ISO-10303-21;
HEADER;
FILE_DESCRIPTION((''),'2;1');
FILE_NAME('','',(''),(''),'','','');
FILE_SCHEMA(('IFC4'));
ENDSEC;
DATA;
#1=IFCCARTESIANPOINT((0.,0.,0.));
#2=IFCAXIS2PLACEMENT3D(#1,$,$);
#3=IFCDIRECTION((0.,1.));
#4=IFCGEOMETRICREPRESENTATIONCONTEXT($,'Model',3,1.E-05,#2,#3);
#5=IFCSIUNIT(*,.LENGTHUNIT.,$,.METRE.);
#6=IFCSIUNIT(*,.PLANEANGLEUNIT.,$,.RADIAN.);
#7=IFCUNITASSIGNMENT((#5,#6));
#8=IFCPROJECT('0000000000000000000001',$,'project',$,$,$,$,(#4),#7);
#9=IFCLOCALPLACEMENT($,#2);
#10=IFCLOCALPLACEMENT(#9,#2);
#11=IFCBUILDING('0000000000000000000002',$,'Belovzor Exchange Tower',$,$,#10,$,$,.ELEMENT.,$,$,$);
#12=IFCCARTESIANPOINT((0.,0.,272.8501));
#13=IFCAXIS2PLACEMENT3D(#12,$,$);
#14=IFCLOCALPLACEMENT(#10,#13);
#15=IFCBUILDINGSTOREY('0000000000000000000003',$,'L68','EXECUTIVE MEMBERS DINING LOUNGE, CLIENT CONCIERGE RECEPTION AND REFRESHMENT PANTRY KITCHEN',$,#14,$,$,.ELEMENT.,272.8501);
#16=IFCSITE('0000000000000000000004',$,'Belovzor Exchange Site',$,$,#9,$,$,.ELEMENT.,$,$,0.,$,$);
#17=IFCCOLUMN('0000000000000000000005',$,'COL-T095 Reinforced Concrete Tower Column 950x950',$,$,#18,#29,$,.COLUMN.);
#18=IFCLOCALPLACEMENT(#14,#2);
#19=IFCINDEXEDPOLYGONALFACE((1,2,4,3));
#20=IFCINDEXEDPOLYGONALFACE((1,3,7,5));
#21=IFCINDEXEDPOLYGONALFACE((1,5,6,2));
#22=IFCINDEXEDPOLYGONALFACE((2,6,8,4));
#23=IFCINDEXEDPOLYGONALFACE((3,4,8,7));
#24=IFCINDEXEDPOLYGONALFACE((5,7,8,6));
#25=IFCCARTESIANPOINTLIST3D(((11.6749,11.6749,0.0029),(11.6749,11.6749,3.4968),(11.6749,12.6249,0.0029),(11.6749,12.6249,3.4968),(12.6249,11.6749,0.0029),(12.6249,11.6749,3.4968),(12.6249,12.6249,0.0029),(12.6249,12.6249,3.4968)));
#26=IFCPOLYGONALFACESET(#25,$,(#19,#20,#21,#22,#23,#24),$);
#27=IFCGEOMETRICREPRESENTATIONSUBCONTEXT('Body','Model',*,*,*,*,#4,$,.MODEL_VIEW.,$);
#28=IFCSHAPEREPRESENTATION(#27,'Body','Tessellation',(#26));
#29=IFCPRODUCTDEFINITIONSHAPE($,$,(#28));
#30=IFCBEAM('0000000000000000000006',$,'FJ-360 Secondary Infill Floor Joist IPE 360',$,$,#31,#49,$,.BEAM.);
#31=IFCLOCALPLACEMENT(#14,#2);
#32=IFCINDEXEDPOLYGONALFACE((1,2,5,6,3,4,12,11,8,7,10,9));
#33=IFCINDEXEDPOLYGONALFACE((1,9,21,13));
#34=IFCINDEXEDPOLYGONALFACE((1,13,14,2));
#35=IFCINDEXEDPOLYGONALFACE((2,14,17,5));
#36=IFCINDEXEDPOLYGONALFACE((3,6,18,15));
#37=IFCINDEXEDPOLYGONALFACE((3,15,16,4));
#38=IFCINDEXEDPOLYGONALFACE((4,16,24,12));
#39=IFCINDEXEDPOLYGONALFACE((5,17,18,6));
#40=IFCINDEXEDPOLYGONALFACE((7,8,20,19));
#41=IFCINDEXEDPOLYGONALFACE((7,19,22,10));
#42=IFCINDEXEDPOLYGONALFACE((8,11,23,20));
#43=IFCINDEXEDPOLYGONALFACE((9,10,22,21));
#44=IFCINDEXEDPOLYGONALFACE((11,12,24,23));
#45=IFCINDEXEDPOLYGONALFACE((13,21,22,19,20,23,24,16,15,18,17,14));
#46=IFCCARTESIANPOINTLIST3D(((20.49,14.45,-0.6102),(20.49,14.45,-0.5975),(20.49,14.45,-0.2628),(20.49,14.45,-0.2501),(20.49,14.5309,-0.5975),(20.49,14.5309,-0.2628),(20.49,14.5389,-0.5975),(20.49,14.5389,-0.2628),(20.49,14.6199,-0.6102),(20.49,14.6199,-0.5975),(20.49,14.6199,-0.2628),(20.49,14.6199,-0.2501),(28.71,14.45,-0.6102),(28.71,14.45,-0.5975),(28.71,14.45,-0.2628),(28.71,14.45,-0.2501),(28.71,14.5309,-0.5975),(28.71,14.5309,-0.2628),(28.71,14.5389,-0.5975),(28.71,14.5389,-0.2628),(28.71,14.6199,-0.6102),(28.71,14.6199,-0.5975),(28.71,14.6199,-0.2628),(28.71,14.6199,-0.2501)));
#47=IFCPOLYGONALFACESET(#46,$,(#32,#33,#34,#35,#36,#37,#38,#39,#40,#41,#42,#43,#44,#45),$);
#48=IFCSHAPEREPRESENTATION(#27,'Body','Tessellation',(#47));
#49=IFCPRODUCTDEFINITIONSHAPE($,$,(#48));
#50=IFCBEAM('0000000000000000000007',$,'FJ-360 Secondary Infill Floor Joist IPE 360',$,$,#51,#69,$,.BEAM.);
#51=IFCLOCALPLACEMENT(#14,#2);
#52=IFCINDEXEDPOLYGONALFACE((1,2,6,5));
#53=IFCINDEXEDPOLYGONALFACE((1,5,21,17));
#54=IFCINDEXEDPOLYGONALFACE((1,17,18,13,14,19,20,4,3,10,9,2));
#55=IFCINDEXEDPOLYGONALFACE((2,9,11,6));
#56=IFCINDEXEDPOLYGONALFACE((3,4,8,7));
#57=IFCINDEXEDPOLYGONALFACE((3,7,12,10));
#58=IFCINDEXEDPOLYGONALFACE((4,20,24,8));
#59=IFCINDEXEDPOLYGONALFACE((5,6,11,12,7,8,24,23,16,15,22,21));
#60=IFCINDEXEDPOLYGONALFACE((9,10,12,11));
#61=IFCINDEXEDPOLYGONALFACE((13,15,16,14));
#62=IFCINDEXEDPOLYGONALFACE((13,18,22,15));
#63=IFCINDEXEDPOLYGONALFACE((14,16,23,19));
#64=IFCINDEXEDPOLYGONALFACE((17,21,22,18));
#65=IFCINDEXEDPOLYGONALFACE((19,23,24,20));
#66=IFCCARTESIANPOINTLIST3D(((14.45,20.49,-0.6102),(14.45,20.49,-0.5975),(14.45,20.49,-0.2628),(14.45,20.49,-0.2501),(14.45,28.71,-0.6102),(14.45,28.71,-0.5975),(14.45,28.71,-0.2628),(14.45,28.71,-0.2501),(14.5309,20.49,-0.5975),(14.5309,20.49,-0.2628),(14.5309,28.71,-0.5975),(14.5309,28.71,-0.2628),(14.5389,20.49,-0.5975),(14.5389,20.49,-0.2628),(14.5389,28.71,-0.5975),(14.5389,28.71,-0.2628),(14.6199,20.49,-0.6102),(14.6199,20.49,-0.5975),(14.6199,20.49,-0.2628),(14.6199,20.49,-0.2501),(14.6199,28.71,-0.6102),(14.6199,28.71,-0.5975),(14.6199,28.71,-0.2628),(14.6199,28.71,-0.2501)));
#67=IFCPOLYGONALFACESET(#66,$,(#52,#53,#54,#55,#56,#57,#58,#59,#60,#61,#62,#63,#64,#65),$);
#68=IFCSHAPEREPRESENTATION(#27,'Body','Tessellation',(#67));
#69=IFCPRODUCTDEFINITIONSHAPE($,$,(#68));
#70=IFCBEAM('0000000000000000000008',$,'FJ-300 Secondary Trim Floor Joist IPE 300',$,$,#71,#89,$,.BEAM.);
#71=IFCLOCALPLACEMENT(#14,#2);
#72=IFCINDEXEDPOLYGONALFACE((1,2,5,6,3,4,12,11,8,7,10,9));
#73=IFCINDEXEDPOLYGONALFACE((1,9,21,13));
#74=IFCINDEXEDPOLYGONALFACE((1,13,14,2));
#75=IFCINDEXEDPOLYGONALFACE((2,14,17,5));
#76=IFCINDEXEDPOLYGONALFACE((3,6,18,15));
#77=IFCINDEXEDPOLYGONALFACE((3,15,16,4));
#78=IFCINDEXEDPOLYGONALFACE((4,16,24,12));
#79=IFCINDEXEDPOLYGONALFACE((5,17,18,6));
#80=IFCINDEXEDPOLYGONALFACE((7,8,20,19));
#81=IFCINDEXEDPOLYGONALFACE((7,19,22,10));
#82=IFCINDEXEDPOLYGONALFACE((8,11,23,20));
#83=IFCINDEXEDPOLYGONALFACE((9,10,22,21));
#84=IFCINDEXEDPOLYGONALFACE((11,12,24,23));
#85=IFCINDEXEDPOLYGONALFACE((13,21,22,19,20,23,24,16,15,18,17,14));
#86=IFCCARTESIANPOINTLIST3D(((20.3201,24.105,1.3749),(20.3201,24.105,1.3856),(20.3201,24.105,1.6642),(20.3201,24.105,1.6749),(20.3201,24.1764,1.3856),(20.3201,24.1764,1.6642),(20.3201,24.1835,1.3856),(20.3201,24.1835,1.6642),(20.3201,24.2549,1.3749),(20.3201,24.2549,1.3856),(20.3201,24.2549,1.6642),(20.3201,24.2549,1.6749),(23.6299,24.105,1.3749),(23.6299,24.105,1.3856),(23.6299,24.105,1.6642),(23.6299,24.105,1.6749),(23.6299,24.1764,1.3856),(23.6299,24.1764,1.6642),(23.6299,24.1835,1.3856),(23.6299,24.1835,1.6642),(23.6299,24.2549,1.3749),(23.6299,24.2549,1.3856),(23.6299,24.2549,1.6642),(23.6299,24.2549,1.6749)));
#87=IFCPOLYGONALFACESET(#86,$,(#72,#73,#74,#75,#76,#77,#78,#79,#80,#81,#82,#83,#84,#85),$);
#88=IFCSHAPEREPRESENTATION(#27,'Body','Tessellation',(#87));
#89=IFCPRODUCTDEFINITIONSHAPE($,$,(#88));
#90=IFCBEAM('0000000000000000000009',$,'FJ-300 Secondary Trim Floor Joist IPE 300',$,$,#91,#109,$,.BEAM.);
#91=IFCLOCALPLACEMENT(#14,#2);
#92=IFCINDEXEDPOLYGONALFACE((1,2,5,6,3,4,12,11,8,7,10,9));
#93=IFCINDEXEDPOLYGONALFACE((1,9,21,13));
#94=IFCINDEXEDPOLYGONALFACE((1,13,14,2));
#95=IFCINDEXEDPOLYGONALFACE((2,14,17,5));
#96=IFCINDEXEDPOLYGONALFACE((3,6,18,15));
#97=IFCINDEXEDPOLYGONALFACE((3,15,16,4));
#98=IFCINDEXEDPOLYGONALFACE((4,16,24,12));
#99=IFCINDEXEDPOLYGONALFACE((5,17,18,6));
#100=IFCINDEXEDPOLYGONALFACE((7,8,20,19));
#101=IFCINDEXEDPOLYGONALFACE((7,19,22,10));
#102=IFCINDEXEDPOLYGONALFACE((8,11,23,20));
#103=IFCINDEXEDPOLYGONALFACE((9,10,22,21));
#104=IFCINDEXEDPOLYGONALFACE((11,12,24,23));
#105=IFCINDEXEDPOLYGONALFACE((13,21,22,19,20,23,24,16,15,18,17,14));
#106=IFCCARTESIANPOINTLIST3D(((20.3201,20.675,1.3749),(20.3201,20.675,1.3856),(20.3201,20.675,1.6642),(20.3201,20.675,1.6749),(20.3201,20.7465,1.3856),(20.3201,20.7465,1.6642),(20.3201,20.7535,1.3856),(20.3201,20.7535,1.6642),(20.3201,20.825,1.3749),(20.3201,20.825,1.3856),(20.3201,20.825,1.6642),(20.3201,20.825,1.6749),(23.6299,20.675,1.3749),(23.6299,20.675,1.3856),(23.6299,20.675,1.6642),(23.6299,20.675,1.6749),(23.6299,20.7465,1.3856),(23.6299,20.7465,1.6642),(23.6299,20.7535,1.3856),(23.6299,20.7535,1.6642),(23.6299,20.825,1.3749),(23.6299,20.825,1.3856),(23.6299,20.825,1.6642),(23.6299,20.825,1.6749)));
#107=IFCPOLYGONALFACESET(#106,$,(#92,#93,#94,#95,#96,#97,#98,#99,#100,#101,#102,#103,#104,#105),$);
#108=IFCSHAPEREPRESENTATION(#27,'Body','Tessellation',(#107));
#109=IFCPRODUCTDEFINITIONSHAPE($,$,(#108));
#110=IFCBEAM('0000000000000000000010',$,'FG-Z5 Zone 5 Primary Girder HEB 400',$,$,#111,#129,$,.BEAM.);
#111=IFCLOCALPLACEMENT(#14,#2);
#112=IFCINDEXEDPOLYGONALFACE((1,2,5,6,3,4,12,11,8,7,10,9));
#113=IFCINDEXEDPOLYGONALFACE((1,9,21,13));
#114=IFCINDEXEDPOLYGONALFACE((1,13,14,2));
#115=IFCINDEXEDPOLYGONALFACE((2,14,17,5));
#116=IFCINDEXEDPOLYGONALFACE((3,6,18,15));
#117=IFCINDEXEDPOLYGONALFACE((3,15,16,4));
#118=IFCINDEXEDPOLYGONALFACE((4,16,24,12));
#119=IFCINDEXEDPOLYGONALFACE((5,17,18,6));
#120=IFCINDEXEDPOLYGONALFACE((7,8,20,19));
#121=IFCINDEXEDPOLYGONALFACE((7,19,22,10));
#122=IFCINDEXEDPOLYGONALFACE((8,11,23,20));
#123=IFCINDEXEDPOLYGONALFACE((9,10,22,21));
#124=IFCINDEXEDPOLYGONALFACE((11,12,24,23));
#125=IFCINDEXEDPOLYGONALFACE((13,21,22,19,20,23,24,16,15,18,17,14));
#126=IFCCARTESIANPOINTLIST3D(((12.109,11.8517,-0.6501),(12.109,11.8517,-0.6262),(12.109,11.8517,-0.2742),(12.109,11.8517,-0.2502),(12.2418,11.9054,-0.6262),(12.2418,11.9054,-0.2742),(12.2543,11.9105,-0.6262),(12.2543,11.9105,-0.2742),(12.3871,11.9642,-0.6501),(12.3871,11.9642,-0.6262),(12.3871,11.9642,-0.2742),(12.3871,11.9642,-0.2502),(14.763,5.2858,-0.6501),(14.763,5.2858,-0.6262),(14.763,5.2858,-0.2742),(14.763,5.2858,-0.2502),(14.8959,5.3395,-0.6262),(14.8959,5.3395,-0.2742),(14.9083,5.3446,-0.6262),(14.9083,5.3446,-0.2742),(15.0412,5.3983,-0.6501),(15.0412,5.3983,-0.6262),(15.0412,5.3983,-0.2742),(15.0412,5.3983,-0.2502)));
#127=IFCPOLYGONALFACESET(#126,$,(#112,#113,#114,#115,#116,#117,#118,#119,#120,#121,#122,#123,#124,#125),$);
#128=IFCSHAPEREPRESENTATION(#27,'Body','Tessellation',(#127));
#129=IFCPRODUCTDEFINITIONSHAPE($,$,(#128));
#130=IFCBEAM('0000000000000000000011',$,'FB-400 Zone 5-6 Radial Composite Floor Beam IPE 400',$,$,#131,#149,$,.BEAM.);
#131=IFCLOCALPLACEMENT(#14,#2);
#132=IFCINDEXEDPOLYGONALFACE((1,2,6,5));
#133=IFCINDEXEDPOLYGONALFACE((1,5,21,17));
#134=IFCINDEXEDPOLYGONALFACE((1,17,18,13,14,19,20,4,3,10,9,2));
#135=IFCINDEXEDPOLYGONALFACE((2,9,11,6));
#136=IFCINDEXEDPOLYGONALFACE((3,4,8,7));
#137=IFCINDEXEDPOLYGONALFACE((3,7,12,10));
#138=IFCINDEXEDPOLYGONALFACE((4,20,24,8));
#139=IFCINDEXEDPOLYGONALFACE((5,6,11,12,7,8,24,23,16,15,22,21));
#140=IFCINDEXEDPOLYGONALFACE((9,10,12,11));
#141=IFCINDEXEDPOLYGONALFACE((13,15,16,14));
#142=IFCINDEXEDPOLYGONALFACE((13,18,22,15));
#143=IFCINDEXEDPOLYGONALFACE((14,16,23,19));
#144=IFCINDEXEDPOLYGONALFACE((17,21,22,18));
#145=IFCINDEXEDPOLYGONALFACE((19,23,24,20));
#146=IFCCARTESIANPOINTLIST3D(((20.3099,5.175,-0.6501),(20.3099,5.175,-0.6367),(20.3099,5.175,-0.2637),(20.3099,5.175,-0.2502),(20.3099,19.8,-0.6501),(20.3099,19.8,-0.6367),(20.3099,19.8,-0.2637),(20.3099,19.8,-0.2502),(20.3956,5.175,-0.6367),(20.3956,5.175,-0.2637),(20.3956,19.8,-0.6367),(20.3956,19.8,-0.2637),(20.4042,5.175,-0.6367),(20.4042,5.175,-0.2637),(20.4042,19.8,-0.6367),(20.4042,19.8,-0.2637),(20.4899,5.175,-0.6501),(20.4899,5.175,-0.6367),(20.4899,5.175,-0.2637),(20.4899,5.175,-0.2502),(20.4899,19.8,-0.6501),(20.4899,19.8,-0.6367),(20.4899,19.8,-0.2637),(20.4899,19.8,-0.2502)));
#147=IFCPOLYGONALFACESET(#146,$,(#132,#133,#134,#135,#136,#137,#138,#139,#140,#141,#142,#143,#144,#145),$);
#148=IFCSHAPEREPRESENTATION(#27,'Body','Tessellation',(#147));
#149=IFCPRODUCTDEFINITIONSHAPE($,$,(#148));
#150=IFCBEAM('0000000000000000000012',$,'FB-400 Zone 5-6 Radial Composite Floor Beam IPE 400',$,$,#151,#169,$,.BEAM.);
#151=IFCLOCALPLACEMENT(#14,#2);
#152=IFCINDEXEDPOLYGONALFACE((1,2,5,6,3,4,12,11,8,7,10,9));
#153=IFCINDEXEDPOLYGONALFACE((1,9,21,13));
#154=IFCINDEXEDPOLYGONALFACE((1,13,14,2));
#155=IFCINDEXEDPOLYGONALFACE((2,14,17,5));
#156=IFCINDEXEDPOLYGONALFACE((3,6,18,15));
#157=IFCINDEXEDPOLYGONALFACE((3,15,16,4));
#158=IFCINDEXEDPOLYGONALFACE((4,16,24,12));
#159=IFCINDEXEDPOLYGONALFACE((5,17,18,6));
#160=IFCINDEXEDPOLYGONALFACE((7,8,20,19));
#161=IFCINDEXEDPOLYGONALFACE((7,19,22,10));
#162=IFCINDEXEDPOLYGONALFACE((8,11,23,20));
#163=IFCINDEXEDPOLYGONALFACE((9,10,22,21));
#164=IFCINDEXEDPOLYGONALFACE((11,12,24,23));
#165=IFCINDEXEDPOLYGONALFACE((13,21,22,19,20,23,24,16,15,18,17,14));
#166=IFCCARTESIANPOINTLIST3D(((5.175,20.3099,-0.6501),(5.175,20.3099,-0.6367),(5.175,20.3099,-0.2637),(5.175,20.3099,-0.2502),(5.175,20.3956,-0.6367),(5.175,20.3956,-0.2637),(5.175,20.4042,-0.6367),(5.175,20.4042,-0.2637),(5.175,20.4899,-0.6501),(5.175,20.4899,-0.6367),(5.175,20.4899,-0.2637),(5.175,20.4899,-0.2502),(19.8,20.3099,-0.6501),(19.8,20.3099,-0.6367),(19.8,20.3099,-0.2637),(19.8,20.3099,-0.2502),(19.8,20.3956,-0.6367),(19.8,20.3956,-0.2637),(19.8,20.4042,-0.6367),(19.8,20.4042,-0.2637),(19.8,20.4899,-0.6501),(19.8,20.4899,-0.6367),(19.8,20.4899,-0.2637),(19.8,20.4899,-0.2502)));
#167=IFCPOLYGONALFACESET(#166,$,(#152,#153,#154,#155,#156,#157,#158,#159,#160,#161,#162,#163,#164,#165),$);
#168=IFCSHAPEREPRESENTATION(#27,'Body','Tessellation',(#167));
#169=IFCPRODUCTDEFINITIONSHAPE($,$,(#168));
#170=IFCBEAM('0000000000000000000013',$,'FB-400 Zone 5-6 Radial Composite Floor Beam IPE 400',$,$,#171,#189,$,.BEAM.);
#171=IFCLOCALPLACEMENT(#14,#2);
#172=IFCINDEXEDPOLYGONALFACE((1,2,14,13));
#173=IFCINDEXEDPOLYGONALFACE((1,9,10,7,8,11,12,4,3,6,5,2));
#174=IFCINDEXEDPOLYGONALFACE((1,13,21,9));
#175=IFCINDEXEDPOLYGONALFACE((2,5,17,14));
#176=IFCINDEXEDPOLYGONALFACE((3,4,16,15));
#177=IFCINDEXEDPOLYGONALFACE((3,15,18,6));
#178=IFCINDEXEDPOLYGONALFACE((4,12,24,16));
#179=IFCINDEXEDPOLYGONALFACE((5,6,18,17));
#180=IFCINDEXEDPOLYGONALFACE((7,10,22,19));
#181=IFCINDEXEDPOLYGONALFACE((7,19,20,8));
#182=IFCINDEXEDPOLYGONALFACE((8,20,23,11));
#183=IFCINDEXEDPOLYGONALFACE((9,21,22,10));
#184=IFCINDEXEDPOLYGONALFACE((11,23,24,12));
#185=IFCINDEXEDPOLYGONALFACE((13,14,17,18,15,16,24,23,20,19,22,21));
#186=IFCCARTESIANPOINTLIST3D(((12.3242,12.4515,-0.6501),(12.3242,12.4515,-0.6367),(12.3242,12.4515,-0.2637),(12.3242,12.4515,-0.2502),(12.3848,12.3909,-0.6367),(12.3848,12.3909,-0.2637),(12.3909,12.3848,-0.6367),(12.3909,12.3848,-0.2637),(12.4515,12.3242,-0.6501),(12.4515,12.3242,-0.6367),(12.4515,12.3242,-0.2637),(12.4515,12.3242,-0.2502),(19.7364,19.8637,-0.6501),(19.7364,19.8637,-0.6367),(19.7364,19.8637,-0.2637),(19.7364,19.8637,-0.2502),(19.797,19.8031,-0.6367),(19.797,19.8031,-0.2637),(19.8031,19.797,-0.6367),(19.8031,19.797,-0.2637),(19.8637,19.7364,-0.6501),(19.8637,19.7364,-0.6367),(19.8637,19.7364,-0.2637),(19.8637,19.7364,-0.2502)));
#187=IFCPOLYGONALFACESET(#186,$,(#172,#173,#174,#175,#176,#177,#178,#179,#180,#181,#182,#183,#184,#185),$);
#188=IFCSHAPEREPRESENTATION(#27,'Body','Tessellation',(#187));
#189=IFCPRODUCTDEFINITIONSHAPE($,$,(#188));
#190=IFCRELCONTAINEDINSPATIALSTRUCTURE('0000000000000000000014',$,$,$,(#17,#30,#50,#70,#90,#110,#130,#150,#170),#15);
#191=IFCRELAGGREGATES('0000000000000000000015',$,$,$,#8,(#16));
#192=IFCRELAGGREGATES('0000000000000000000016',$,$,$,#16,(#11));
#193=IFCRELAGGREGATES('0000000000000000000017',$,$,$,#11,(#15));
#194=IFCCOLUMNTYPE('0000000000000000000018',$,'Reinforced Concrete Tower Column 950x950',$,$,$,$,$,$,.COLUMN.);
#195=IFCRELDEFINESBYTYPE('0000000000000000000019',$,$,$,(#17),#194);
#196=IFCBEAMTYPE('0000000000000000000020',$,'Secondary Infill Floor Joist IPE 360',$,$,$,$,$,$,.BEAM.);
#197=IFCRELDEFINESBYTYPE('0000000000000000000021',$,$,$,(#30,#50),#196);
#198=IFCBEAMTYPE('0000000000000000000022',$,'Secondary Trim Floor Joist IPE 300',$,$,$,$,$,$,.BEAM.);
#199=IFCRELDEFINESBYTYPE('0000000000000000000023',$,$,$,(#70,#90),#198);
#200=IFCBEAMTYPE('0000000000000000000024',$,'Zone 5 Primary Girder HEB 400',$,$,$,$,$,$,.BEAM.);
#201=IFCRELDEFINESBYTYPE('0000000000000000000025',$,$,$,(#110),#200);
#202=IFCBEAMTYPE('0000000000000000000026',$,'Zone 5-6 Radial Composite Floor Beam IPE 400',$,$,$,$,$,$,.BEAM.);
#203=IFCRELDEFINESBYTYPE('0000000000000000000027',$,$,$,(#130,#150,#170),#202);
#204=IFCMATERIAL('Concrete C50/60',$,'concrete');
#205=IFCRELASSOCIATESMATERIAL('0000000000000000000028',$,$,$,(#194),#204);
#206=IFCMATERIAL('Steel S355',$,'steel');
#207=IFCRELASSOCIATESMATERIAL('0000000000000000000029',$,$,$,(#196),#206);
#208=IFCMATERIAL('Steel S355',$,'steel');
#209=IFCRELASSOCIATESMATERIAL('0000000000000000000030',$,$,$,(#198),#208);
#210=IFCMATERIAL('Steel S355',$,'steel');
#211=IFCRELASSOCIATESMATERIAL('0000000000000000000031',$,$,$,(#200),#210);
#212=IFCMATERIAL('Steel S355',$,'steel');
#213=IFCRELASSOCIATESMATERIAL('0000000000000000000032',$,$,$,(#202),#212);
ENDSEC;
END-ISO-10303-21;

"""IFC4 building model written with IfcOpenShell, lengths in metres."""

from ifc_helpers import new_model, si_unit, direction, frame, origin, origin_2d, place, context, subcontext, project, spatial, rectangle, i_section, extrude, material, material_profile, profile_set, type_object, element, save


model = new_model("IFC4")

# Units and contexts
model_context = context("Model", 3, precision=1e-05, world=origin(), true_north=direction((0.0, 1.0)))
body_context = subcontext(model_context, "Body", "Model", "MODEL_VIEW")
ifc_project = project(units=[si_unit("LENGTHUNIT", "METRE"), si_unit("PLANEANGLEUNIT", "RADIAN")], contexts=[model_context])

# Site, building, storey
site_placement = place(None, origin())
site = spatial("IfcSite", under=ifc_project, at=site_placement, Name="Belovzor Exchange Site", CompositionType="ELEMENT", RefElevation=0.0)
building_placement = place(site_placement, origin())
building = spatial("IfcBuilding", under=site, at=building_placement, Name="Belovzor Exchange Tower", CompositionType="ELEMENT")
storey_placement = place(building_placement, frame((0.0, 0.0, 272.8501)))
storey = spatial("IfcBuildingStorey", under=building, at=storey_placement, Name="L68", Description="EXECUTIVE MEMBERS DINING LOUNGE, CLIENT CONCIERGE RECEPTION AND REFRESHMENT PANTRY KITCHEN", CompositionType="ELEMENT", Elevation=272.8501)

# Column
ifc_material_1 = material(Name="Concrete C50/60", Category="concrete")
ifc_material_profile_1 = material_profile(ifc_material_1, rectangle(XDim=0.95, YDim=0.95, at=origin_2d()))
ifc_profile_set_1 = profile_set([ifc_material_profile_1], Name="Concrete C50/60")
column_type = type_object("IfcColumnType", Name="Reinforced Concrete Tower Column 950x950", PredefinedType="COLUMN", material=ifc_profile_set_1)
column_placement = place(storey_placement, frame((12.1499, 12.1499, 0.0029), z_axis=(0.0, 0.0, 1.0), x_axis=(1.0, 0.0, 0.0)))
element("IfcColumn", 1, at=column_placement, inside=storey, type_object=column_type, Name="COL-T095 Reinforced Concrete Tower Column 950x950", PredefinedType="COLUMN", context=body_context, shape_type="SweptSolid", body=[
    extrude(rectangle(XDim=0.95, YDim=0.95, at=origin_2d()), origin(), (0.0, 0.0, 1.0), 3.4939),
])

# Beams
ifc_material_2 = material(Name="Steel S355", Category="steel")
ifc_material_profile_2 = material_profile(ifc_material_2, i_section(OverallWidth=0.1699, OverallDepth=0.3601, WebThickness=0.0081, FlangeThickness=0.0127, at=origin_2d()))
ifc_profile_set_2 = profile_set([ifc_material_profile_2], Name="Steel S355")
beam_type_1 = type_object("IfcBeamType", Name="Secondary Infill Floor Joist IPE 360", PredefinedType="BEAM", material=ifc_profile_set_2)
for number, where, z_axis, x_axis, name in (
    (2, (20.49, 14.5349, -0.4302), (1.0, 0.0, 0.0), (0.0, 1.0, 0.0), "FJ-360 Secondary Infill Floor Joist IPE 360"),
    (3, (14.5349, 20.49, -0.4302), (0.0, 1.0, 0.0), (-1.0, 0.0, 0.0), "FJ-360 Secondary Infill Floor Joist IPE 360"),
):
    element("IfcBeam", number, at=place(storey_placement, frame(where, z_axis=z_axis, x_axis=x_axis)), inside=storey, type_object=beam_type_1, Name=name, PredefinedType="BEAM", context=body_context, shape_type="SweptSolid", body=[
        extrude(i_section(OverallWidth=0.1699, OverallDepth=0.3601, WebThickness=0.0081, FlangeThickness=0.0127, at=origin_2d()), origin(), (0.0, 0.0, 1.0), 8.22),
    ])
ifc_material_3 = material(Name="Steel S355", Category="steel")
ifc_material_profile_3 = material_profile(ifc_material_3, i_section(OverallWidth=0.1499, OverallDepth=0.3, WebThickness=0.0071, FlangeThickness=0.0107, at=origin_2d()))
ifc_profile_set_3 = profile_set([ifc_material_profile_3], Name="Steel S355")
beam_type_2 = type_object("IfcBeamType", Name="Secondary Trim Floor Joist IPE 300", PredefinedType="BEAM", material=ifc_profile_set_3)
for number, where, z_axis, x_axis, name in (
    (4, (20.3201, 24.1799, 1.5249), (1.0, 0.0, 0.0), (0.0, 1.0, 0.0), "FJ-300 Secondary Trim Floor Joist IPE 300"),
    (5, (20.3201, 20.75, 1.5249), (1.0, 0.0, 0.0), (0.0, 1.0, 0.0), "FJ-300 Secondary Trim Floor Joist IPE 300"),
):
    element("IfcBeam", number, at=place(storey_placement, frame(where, z_axis=z_axis, x_axis=x_axis)), inside=storey, type_object=beam_type_2, Name=name, PredefinedType="BEAM", context=body_context, shape_type="SweptSolid", body=[
        extrude(i_section(OverallWidth=0.1499, OverallDepth=0.3, WebThickness=0.0071, FlangeThickness=0.0107, at=origin_2d()), origin(), (0.0, 0.0, 1.0), 3.3098),
    ])
ifc_material_4 = material(Name="Steel S355", Category="steel")
ifc_material_profile_4 = material_profile(ifc_material_4, i_section(OverallWidth=0.3, OverallDepth=0.3999, WebThickness=0.0134, FlangeThickness=0.0239, at=origin_2d()))
ifc_profile_set_4 = profile_set([ifc_material_profile_4], Name="Steel S355")
beam_type_3 = type_object("IfcBeamType", Name="Zone 5 Primary Girder HEB 400", PredefinedType="BEAM", material=ifc_profile_set_4)
beam_1_placement = place(storey_placement, frame((12.248, 11.908, -0.4502), z_axis=(0.374758, -0.927123, 0.0), x_axis=(0.927123, 0.374758, 0.0)))
element("IfcBeam", 6, at=beam_1_placement, inside=storey, type_object=beam_type_3, Name="FG-Z5 Zone 5 Primary Girder HEB 400", PredefinedType="BEAM", context=body_context, shape_type="SweptSolid", body=[
    extrude(i_section(OverallWidth=0.3, OverallDepth=0.3999, WebThickness=0.0134, FlangeThickness=0.0239, at=origin_2d()), origin(), (0.0, 0.0, 1.0), 7.082),
])
ifc_material_5 = material(Name="Steel S355", Category="steel")
ifc_material_profile_5 = material_profile(ifc_material_5, i_section(OverallWidth=0.1799, OverallDepth=0.3999, WebThickness=0.0085, FlangeThickness=0.0134, at=origin_2d()))
ifc_profile_set_5 = profile_set([ifc_material_profile_5], Name="Steel S355")
beam_type_4 = type_object("IfcBeamType", Name="Zone 5-6 Radial Composite Floor Beam IPE 400", PredefinedType="BEAM", material=ifc_profile_set_5)
for number, where, z_axis, x_axis, name in (
    (7, (20.3999, 19.8, -0.4502), (0.0, -1.0, 0.0), (1.0, 0.0, 0.0), "FB-400 Zone 5-6 Radial Composite Floor Beam IPE 400"),
    (8, (19.8, 20.3999, -0.4502), (-1.0, 0.0, 0.0), (0.0, -1.0, 0.0), "FB-400 Zone 5-6 Radial Composite Floor Beam IPE 400"),
):
    element("IfcBeam", number, at=place(storey_placement, frame(where, z_axis=z_axis, x_axis=x_axis)), inside=storey, type_object=beam_type_4, Name=name, PredefinedType="BEAM", context=body_context, shape_type="SweptSolid", body=[
        extrude(i_section(OverallWidth=0.1799, OverallDepth=0.3999, WebThickness=0.0085, FlangeThickness=0.0134, at=origin_2d()), origin(), (0.0, 0.0, 1.0), 14.625),
    ])
beam_2_placement = place(storey_placement, frame((19.8, 19.8, -0.4502), z_axis=(-0.707107, -0.707107, 0.0), x_axis=(0.707107, -0.707107, 0.0)))
element("IfcBeam", 9, at=beam_2_placement, inside=storey, type_object=beam_type_4, Name="FB-400 Zone 5-6 Radial Composite Floor Beam IPE 400", PredefinedType="BEAM", context=body_context, shape_type="SweptSolid", body=[
    extrude(i_section(OverallWidth=0.1799, OverallDepth=0.3999, WebThickness=0.0085, FlangeThickness=0.0134, at=origin_2d()), origin(), (0.0, 0.0, 1.0), 10.4824),
])

save(model, "model.ifc")
